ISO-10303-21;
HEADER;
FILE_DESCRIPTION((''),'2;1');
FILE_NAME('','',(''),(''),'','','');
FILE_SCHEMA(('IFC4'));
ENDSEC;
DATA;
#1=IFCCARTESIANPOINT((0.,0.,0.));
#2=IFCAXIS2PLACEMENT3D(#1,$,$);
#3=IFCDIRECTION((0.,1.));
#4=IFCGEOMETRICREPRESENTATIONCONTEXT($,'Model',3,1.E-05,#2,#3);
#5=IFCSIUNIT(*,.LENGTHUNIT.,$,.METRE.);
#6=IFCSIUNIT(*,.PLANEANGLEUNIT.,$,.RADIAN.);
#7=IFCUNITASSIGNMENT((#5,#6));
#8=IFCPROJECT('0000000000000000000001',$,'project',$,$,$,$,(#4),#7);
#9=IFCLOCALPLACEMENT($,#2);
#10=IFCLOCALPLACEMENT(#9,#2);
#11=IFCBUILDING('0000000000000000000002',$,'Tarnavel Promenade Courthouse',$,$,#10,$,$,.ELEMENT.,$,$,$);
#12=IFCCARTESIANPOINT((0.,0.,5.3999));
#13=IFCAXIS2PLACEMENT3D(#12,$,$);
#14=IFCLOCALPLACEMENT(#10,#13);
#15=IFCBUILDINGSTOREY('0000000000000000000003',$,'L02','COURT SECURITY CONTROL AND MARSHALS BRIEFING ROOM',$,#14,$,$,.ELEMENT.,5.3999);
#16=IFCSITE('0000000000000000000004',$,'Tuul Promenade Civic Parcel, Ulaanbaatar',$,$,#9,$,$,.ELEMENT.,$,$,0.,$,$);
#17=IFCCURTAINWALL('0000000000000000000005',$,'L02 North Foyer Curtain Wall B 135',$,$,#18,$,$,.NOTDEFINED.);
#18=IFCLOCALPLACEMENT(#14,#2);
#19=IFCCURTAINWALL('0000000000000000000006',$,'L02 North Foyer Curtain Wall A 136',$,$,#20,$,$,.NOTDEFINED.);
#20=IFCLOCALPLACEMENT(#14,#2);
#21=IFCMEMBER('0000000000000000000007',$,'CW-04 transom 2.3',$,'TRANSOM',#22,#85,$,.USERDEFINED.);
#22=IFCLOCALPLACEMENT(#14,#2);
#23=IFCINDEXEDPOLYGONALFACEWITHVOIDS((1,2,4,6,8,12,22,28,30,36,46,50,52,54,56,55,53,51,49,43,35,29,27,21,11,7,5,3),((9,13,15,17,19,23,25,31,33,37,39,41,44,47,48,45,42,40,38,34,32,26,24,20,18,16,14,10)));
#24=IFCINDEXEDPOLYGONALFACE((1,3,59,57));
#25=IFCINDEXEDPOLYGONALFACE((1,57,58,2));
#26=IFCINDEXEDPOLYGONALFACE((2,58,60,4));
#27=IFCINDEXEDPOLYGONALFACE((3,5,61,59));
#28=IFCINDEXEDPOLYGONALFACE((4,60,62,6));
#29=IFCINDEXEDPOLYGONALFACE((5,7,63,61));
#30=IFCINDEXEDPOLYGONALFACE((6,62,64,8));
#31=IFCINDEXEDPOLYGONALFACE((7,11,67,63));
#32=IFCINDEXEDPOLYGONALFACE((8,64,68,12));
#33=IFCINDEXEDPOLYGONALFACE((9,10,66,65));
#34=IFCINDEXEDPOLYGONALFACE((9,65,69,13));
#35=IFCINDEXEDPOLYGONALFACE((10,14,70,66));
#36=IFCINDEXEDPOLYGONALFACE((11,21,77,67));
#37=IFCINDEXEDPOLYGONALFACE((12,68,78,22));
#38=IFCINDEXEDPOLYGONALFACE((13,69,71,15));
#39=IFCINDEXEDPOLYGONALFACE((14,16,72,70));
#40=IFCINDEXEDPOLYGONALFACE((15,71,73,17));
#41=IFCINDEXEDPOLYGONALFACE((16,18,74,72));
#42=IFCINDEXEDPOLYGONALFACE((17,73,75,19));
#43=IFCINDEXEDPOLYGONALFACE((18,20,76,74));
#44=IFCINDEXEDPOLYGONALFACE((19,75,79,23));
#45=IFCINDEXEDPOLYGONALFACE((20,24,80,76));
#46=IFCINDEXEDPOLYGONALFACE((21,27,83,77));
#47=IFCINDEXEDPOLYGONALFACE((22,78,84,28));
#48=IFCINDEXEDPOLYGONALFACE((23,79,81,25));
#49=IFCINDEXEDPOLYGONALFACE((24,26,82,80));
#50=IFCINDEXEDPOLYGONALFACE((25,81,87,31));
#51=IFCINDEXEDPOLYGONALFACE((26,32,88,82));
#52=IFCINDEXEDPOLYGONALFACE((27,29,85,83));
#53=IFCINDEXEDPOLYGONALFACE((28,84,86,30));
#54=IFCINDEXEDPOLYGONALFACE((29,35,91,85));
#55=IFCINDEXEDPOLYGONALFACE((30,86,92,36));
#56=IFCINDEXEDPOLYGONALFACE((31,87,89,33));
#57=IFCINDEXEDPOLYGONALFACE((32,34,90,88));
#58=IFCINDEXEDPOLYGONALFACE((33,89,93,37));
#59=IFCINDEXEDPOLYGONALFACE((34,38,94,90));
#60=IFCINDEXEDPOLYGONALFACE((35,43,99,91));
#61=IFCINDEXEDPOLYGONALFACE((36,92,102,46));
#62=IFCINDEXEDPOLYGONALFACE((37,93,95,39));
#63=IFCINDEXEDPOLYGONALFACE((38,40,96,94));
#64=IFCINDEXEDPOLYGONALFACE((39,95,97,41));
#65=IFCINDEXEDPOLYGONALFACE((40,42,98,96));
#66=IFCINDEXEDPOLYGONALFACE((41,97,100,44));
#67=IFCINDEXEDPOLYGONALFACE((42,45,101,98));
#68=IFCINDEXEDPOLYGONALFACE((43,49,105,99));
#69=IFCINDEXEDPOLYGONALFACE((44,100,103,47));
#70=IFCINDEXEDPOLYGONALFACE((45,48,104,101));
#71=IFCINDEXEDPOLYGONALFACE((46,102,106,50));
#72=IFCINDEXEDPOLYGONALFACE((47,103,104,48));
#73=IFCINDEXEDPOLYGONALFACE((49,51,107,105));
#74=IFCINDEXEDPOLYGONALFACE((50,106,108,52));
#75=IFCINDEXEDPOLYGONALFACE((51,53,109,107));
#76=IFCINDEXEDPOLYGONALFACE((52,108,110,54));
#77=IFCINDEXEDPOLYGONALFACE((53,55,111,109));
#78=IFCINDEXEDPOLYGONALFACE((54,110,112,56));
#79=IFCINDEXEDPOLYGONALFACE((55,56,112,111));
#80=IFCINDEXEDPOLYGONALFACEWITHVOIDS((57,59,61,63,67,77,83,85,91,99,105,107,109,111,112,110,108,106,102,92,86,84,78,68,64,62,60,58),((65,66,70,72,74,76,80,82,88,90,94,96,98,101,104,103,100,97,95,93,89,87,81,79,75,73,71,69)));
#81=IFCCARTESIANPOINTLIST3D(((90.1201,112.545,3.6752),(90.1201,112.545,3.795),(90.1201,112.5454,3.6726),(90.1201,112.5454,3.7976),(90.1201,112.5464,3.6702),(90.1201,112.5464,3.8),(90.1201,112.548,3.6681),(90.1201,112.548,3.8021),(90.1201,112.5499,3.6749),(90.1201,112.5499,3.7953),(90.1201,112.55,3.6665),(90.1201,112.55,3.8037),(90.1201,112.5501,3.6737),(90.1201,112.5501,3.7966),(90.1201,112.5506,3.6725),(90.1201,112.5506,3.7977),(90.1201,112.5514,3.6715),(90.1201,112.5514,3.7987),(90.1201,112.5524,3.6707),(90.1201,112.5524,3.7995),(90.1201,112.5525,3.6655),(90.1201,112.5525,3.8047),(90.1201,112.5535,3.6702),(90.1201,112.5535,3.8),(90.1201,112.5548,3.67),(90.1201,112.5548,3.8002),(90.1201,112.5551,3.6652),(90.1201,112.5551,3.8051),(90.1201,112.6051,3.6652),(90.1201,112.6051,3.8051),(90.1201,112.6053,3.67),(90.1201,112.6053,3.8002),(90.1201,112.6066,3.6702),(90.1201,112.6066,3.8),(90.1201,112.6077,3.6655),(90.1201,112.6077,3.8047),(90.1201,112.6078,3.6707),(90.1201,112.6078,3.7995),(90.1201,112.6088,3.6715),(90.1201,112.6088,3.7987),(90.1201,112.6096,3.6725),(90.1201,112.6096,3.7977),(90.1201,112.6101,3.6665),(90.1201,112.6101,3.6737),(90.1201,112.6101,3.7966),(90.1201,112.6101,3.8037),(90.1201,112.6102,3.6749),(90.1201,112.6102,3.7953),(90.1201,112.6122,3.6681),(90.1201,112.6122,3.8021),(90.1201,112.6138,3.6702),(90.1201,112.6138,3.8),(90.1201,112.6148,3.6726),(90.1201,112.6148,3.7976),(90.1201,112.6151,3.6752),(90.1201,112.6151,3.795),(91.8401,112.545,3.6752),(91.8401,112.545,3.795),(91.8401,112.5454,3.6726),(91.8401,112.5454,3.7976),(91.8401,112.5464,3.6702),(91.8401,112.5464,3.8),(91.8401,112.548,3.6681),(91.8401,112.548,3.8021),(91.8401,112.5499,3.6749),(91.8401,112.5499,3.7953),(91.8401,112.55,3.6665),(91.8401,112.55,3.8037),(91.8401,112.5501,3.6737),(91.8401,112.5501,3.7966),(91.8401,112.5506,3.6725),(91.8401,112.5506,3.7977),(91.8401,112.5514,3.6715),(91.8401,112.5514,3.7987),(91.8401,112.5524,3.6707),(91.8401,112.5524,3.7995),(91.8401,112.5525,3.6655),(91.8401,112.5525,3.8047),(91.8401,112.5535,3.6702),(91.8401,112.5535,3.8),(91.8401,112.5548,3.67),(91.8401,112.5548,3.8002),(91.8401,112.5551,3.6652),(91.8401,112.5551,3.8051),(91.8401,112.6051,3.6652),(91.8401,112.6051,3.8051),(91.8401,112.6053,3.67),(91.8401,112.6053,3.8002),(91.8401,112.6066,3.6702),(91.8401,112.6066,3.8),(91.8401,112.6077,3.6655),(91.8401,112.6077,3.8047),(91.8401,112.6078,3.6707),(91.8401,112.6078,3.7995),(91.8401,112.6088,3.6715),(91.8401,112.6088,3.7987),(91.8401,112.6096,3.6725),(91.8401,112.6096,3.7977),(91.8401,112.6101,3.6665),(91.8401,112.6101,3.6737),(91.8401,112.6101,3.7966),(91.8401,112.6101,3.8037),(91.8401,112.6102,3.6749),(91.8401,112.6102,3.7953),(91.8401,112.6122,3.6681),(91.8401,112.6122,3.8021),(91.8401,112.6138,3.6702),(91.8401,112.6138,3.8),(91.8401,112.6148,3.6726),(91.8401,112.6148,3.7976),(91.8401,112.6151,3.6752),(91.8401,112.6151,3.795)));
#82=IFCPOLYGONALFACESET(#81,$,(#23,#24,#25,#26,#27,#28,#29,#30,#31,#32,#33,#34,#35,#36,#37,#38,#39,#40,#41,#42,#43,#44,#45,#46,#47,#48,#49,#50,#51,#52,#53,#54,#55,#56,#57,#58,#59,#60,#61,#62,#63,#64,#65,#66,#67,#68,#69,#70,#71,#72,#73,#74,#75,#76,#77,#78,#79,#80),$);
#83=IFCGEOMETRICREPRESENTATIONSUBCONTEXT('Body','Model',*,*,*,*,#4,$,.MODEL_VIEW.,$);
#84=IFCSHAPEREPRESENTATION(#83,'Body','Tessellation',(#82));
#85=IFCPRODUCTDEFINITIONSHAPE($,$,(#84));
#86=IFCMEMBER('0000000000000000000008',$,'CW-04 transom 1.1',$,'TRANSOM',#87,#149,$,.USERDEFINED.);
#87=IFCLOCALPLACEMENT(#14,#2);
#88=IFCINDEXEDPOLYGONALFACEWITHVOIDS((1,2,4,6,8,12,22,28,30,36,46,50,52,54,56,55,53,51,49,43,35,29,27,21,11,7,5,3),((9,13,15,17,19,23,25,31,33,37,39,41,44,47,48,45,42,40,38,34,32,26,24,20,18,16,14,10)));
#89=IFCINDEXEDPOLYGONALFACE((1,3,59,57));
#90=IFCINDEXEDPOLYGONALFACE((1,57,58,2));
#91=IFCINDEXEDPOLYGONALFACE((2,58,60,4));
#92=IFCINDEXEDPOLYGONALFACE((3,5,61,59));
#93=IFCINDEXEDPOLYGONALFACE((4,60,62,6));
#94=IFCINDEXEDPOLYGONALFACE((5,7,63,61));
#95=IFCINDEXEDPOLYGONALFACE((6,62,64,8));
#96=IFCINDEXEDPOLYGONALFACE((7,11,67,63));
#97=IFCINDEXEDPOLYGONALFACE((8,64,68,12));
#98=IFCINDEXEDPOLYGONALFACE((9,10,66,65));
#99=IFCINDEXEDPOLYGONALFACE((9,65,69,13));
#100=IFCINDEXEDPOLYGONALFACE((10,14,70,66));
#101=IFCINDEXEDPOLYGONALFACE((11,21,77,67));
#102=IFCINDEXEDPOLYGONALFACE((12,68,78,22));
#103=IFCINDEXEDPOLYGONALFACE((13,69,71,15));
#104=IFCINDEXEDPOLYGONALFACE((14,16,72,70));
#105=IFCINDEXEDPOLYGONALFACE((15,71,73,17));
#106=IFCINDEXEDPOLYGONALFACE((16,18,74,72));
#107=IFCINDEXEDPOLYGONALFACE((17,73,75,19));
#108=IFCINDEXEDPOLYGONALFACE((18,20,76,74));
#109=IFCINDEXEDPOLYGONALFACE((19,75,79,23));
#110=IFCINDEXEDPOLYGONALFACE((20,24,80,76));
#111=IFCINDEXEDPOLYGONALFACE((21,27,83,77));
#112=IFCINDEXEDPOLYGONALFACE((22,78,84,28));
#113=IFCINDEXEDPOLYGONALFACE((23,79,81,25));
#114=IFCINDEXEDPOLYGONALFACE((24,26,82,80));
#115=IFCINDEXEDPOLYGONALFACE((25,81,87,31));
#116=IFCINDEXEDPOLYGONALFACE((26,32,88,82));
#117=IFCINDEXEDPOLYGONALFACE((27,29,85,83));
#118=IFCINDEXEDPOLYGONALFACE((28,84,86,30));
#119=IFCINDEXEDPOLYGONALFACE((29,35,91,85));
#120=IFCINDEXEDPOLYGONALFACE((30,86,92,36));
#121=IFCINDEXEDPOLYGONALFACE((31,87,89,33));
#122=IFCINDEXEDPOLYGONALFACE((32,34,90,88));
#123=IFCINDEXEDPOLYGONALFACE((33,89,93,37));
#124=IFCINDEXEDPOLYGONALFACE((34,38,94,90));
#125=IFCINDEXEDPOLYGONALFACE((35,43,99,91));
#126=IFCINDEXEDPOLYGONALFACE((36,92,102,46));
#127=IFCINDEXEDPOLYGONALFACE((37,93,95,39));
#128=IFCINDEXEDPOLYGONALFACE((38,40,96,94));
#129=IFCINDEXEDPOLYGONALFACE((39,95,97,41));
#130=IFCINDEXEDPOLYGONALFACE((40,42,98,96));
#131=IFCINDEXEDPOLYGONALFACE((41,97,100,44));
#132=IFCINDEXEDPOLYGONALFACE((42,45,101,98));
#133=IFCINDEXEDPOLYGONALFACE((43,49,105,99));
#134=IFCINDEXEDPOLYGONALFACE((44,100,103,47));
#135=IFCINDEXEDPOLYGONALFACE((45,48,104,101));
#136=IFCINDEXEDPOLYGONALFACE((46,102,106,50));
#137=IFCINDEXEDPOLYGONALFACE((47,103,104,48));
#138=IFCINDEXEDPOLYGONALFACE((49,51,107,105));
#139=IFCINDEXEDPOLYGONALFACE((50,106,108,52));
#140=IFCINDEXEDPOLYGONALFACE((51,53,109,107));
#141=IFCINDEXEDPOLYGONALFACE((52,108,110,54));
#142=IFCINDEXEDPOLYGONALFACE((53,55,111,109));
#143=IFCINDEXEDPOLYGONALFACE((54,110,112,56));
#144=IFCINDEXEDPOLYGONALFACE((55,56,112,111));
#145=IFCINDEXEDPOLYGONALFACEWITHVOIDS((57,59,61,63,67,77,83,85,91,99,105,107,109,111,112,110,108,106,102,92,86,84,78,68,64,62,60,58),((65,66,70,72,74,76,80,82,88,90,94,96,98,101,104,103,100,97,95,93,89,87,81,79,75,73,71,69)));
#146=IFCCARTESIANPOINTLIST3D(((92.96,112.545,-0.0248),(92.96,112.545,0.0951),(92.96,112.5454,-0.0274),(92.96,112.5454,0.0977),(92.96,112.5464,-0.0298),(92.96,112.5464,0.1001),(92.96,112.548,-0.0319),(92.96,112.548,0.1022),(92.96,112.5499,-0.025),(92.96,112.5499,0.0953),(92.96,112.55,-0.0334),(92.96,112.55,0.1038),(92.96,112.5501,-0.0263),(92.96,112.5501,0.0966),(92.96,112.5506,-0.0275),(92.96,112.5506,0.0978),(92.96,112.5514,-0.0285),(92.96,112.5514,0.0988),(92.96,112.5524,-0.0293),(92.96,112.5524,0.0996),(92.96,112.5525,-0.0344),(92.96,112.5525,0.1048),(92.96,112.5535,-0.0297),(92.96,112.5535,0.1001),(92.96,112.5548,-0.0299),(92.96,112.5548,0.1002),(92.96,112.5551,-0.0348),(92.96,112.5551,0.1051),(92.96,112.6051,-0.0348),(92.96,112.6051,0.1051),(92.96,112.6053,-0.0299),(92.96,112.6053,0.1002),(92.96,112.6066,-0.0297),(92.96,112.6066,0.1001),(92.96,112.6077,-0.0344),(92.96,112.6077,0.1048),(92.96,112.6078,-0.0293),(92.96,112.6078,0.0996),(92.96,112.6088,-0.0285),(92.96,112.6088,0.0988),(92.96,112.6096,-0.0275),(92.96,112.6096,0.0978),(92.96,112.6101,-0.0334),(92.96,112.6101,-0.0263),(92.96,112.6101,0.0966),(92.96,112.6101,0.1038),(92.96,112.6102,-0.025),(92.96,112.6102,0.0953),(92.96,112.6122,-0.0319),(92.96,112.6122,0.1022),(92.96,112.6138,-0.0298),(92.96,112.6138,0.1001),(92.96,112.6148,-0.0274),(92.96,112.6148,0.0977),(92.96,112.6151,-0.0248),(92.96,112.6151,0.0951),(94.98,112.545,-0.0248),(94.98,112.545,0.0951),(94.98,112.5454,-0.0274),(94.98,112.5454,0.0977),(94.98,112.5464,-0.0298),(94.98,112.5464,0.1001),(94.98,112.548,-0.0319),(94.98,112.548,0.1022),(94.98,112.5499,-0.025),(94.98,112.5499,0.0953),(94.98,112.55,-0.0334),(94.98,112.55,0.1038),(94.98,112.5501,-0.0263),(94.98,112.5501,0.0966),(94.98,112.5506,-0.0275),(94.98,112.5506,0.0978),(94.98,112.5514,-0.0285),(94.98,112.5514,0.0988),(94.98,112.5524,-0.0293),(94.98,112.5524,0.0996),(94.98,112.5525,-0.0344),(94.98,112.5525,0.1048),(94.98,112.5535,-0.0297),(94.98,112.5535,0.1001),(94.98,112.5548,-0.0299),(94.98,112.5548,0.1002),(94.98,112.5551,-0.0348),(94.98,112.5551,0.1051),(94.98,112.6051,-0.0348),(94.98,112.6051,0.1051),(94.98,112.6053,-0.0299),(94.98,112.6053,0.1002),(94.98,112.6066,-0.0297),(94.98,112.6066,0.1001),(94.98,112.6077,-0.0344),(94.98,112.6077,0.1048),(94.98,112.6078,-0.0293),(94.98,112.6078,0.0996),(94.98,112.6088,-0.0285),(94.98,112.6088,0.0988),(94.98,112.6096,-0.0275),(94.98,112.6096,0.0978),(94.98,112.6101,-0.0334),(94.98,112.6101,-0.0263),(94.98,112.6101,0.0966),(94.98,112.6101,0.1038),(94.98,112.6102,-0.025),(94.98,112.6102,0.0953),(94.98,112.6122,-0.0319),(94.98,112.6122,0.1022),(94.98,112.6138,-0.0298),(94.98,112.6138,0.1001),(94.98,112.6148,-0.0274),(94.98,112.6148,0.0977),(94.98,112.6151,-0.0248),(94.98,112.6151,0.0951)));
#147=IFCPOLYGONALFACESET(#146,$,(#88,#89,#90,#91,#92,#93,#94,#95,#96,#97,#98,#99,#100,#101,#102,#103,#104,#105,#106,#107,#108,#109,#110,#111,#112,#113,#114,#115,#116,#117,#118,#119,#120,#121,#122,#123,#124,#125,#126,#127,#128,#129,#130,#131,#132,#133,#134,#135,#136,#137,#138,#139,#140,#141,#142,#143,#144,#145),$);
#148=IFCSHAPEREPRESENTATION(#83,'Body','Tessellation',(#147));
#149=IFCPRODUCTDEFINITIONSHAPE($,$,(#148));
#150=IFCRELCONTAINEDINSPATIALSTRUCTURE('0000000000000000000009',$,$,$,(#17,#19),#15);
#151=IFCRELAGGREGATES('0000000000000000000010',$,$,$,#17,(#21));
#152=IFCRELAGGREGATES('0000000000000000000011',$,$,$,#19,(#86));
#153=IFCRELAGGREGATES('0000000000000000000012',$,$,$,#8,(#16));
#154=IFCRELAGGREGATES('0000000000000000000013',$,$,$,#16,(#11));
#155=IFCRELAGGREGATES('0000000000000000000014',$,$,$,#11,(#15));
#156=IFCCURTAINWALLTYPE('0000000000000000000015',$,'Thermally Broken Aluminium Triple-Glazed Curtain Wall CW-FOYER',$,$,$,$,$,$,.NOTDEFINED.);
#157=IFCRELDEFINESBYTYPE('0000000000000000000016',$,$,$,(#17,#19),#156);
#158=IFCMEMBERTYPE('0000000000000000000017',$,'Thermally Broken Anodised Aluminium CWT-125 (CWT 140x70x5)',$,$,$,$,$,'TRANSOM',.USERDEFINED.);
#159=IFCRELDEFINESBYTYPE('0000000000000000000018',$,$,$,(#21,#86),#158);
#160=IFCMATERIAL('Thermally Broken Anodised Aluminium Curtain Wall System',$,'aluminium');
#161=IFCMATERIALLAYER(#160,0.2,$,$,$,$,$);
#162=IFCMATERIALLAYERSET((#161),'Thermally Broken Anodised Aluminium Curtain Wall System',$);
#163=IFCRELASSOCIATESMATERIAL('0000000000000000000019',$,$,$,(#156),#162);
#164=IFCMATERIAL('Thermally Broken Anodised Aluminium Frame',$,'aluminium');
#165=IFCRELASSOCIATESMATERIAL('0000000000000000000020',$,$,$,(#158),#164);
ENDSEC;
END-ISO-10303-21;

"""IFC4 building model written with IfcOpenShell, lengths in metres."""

from ifc_helpers import new_model, si_unit, direction, frame, origin, origin_2d, place, context, subcontext, project, spatial, hollow_rectangle, extrude, material, layer, layer_set, material_profile, profile_set, type_object, element, aggregate, save


model = new_model("IFC4")

# Units and contexts
model_context = context("Model", 3, precision=1e-05, world=origin(), true_north=direction((0.0, 1.0)))
body_context = subcontext(model_context, "Body", "Model", "MODEL_VIEW")
ifc_project = project(units=[si_unit("LENGTHUNIT", "METRE"), si_unit("PLANEANGLEUNIT", "RADIAN")], contexts=[model_context])

# Site, building, storey
site_placement = place(None, origin())
site = spatial("IfcSite", under=ifc_project, at=site_placement, Name="Tuul Promenade Civic Parcel, Ulaanbaatar", CompositionType="ELEMENT", RefElevation=0.0)
building_placement = place(site_placement, origin())
building = spatial("IfcBuilding", under=site, at=building_placement, Name="Tarnavel Promenade Courthouse", CompositionType="ELEMENT")
storey_placement = place(building_placement, frame((0.0, 0.0, 5.3999)))
storey = spatial("IfcBuildingStorey", under=building, at=storey_placement, Name="L02", Description="COURT SECURITY CONTROL AND MARSHALS BRIEFING ROOM", CompositionType="ELEMENT", Elevation=5.3999)

# Shared definitions
ifc_material_1 = material(Name="Thermally Broken Anodised Aluminium Curtain Wall System", Category="aluminium")
ifc_layer_1 = layer(ifc_material_1, 0.2)
ifc_layer_set_1 = layer_set([ifc_layer_1], Name="Thermally Broken Anodised Aluminium Curtain Wall System")
curtain_wall_type = type_object("IfcCurtainWallType", Name="Thermally Broken Aluminium Triple-Glazed Curtain Wall CW-FOYER", PredefinedType="NOTDEFINED", material=ifc_layer_set_1)
ifc_material_2 = material(Name="Thermally Broken Anodised Aluminium Frame", Category="aluminium")

# Curtain walls
curtain_wall_1_placement = place(storey_placement, origin())
curtain_wall_1 = element("IfcCurtainWall", 1, at=curtain_wall_1_placement, inside=storey, type_object=curtain_wall_type, Name="L02 North Foyer Curtain Wall B 135", PredefinedType="NOTDEFINED")
curtain_wall_2_placement = place(storey_placement, origin())
curtain_wall_2 = element("IfcCurtainWall", 2, at=curtain_wall_2_placement, inside=storey, type_object=curtain_wall_type, Name="L02 North Foyer Curtain Wall A 136", PredefinedType="NOTDEFINED")

# Members
ifc_material_profile_1 = material_profile(ifc_material_2, hollow_rectangle(XDim=0.0701, YDim=0.1399, WallThickness=0.0049, InnerFilletRadius=0.0049, OuterFilletRadius=0.01, at=origin_2d()), Name="CWT 140x70x5")
ifc_profile_set_1 = profile_set([ifc_material_profile_1], Name="Thermally Broken Anodised Aluminium Frame")
member_type_1 = type_object("IfcMemberType", Name="Thermally Broken Anodised Aluminium CWT-125 (CWT 140x70x5)", ElementType="TRANSOM", PredefinedType="USERDEFINED", material=ifc_profile_set_1)
member_1_placement = place(storey_placement, frame((90.1201, 112.5801, 3.7351), z_axis=(1.0, 0.0, 0.0), x_axis=(0.0, 1.0, 0.0)))
member_1 = element("IfcMember", 3, at=member_1_placement, type_object=member_type_1, Name="CW-04 transom 2.3", ObjectType="TRANSOM", PredefinedType="USERDEFINED", context=body_context, shape_type="SweptSolid", body=[
    extrude(hollow_rectangle(XDim=0.0701, YDim=0.1399, WallThickness=0.0049, InnerFilletRadius=0.0049, OuterFilletRadius=0.01, at=origin_2d()), origin(), (0.0, 0.0, 1.0), 1.72),
])
member_2_placement = place(storey_placement, frame((92.96, 112.5801, 0.0352), z_axis=(1.0, 0.0, 0.0), x_axis=(0.0, 1.0, 0.0)))
member_2 = element("IfcMember", 4, at=member_2_placement, type_object=member_type_1, Name="CW-04 transom 1.1", ObjectType="TRANSOM", PredefinedType="USERDEFINED", context=body_context, shape_type="SweptSolid", body=[
    extrude(hollow_rectangle(XDim=0.0701, YDim=0.1399, WallThickness=0.0049, InnerFilletRadius=0.0049, OuterFilletRadius=0.01, at=origin_2d()), origin(), (0.0, 0.0, 1.0), 2.02),
])

aggregate(curtain_wall_1, [member_1])
aggregate(curtain_wall_2, [member_2])

save(model, "model.ifc")
